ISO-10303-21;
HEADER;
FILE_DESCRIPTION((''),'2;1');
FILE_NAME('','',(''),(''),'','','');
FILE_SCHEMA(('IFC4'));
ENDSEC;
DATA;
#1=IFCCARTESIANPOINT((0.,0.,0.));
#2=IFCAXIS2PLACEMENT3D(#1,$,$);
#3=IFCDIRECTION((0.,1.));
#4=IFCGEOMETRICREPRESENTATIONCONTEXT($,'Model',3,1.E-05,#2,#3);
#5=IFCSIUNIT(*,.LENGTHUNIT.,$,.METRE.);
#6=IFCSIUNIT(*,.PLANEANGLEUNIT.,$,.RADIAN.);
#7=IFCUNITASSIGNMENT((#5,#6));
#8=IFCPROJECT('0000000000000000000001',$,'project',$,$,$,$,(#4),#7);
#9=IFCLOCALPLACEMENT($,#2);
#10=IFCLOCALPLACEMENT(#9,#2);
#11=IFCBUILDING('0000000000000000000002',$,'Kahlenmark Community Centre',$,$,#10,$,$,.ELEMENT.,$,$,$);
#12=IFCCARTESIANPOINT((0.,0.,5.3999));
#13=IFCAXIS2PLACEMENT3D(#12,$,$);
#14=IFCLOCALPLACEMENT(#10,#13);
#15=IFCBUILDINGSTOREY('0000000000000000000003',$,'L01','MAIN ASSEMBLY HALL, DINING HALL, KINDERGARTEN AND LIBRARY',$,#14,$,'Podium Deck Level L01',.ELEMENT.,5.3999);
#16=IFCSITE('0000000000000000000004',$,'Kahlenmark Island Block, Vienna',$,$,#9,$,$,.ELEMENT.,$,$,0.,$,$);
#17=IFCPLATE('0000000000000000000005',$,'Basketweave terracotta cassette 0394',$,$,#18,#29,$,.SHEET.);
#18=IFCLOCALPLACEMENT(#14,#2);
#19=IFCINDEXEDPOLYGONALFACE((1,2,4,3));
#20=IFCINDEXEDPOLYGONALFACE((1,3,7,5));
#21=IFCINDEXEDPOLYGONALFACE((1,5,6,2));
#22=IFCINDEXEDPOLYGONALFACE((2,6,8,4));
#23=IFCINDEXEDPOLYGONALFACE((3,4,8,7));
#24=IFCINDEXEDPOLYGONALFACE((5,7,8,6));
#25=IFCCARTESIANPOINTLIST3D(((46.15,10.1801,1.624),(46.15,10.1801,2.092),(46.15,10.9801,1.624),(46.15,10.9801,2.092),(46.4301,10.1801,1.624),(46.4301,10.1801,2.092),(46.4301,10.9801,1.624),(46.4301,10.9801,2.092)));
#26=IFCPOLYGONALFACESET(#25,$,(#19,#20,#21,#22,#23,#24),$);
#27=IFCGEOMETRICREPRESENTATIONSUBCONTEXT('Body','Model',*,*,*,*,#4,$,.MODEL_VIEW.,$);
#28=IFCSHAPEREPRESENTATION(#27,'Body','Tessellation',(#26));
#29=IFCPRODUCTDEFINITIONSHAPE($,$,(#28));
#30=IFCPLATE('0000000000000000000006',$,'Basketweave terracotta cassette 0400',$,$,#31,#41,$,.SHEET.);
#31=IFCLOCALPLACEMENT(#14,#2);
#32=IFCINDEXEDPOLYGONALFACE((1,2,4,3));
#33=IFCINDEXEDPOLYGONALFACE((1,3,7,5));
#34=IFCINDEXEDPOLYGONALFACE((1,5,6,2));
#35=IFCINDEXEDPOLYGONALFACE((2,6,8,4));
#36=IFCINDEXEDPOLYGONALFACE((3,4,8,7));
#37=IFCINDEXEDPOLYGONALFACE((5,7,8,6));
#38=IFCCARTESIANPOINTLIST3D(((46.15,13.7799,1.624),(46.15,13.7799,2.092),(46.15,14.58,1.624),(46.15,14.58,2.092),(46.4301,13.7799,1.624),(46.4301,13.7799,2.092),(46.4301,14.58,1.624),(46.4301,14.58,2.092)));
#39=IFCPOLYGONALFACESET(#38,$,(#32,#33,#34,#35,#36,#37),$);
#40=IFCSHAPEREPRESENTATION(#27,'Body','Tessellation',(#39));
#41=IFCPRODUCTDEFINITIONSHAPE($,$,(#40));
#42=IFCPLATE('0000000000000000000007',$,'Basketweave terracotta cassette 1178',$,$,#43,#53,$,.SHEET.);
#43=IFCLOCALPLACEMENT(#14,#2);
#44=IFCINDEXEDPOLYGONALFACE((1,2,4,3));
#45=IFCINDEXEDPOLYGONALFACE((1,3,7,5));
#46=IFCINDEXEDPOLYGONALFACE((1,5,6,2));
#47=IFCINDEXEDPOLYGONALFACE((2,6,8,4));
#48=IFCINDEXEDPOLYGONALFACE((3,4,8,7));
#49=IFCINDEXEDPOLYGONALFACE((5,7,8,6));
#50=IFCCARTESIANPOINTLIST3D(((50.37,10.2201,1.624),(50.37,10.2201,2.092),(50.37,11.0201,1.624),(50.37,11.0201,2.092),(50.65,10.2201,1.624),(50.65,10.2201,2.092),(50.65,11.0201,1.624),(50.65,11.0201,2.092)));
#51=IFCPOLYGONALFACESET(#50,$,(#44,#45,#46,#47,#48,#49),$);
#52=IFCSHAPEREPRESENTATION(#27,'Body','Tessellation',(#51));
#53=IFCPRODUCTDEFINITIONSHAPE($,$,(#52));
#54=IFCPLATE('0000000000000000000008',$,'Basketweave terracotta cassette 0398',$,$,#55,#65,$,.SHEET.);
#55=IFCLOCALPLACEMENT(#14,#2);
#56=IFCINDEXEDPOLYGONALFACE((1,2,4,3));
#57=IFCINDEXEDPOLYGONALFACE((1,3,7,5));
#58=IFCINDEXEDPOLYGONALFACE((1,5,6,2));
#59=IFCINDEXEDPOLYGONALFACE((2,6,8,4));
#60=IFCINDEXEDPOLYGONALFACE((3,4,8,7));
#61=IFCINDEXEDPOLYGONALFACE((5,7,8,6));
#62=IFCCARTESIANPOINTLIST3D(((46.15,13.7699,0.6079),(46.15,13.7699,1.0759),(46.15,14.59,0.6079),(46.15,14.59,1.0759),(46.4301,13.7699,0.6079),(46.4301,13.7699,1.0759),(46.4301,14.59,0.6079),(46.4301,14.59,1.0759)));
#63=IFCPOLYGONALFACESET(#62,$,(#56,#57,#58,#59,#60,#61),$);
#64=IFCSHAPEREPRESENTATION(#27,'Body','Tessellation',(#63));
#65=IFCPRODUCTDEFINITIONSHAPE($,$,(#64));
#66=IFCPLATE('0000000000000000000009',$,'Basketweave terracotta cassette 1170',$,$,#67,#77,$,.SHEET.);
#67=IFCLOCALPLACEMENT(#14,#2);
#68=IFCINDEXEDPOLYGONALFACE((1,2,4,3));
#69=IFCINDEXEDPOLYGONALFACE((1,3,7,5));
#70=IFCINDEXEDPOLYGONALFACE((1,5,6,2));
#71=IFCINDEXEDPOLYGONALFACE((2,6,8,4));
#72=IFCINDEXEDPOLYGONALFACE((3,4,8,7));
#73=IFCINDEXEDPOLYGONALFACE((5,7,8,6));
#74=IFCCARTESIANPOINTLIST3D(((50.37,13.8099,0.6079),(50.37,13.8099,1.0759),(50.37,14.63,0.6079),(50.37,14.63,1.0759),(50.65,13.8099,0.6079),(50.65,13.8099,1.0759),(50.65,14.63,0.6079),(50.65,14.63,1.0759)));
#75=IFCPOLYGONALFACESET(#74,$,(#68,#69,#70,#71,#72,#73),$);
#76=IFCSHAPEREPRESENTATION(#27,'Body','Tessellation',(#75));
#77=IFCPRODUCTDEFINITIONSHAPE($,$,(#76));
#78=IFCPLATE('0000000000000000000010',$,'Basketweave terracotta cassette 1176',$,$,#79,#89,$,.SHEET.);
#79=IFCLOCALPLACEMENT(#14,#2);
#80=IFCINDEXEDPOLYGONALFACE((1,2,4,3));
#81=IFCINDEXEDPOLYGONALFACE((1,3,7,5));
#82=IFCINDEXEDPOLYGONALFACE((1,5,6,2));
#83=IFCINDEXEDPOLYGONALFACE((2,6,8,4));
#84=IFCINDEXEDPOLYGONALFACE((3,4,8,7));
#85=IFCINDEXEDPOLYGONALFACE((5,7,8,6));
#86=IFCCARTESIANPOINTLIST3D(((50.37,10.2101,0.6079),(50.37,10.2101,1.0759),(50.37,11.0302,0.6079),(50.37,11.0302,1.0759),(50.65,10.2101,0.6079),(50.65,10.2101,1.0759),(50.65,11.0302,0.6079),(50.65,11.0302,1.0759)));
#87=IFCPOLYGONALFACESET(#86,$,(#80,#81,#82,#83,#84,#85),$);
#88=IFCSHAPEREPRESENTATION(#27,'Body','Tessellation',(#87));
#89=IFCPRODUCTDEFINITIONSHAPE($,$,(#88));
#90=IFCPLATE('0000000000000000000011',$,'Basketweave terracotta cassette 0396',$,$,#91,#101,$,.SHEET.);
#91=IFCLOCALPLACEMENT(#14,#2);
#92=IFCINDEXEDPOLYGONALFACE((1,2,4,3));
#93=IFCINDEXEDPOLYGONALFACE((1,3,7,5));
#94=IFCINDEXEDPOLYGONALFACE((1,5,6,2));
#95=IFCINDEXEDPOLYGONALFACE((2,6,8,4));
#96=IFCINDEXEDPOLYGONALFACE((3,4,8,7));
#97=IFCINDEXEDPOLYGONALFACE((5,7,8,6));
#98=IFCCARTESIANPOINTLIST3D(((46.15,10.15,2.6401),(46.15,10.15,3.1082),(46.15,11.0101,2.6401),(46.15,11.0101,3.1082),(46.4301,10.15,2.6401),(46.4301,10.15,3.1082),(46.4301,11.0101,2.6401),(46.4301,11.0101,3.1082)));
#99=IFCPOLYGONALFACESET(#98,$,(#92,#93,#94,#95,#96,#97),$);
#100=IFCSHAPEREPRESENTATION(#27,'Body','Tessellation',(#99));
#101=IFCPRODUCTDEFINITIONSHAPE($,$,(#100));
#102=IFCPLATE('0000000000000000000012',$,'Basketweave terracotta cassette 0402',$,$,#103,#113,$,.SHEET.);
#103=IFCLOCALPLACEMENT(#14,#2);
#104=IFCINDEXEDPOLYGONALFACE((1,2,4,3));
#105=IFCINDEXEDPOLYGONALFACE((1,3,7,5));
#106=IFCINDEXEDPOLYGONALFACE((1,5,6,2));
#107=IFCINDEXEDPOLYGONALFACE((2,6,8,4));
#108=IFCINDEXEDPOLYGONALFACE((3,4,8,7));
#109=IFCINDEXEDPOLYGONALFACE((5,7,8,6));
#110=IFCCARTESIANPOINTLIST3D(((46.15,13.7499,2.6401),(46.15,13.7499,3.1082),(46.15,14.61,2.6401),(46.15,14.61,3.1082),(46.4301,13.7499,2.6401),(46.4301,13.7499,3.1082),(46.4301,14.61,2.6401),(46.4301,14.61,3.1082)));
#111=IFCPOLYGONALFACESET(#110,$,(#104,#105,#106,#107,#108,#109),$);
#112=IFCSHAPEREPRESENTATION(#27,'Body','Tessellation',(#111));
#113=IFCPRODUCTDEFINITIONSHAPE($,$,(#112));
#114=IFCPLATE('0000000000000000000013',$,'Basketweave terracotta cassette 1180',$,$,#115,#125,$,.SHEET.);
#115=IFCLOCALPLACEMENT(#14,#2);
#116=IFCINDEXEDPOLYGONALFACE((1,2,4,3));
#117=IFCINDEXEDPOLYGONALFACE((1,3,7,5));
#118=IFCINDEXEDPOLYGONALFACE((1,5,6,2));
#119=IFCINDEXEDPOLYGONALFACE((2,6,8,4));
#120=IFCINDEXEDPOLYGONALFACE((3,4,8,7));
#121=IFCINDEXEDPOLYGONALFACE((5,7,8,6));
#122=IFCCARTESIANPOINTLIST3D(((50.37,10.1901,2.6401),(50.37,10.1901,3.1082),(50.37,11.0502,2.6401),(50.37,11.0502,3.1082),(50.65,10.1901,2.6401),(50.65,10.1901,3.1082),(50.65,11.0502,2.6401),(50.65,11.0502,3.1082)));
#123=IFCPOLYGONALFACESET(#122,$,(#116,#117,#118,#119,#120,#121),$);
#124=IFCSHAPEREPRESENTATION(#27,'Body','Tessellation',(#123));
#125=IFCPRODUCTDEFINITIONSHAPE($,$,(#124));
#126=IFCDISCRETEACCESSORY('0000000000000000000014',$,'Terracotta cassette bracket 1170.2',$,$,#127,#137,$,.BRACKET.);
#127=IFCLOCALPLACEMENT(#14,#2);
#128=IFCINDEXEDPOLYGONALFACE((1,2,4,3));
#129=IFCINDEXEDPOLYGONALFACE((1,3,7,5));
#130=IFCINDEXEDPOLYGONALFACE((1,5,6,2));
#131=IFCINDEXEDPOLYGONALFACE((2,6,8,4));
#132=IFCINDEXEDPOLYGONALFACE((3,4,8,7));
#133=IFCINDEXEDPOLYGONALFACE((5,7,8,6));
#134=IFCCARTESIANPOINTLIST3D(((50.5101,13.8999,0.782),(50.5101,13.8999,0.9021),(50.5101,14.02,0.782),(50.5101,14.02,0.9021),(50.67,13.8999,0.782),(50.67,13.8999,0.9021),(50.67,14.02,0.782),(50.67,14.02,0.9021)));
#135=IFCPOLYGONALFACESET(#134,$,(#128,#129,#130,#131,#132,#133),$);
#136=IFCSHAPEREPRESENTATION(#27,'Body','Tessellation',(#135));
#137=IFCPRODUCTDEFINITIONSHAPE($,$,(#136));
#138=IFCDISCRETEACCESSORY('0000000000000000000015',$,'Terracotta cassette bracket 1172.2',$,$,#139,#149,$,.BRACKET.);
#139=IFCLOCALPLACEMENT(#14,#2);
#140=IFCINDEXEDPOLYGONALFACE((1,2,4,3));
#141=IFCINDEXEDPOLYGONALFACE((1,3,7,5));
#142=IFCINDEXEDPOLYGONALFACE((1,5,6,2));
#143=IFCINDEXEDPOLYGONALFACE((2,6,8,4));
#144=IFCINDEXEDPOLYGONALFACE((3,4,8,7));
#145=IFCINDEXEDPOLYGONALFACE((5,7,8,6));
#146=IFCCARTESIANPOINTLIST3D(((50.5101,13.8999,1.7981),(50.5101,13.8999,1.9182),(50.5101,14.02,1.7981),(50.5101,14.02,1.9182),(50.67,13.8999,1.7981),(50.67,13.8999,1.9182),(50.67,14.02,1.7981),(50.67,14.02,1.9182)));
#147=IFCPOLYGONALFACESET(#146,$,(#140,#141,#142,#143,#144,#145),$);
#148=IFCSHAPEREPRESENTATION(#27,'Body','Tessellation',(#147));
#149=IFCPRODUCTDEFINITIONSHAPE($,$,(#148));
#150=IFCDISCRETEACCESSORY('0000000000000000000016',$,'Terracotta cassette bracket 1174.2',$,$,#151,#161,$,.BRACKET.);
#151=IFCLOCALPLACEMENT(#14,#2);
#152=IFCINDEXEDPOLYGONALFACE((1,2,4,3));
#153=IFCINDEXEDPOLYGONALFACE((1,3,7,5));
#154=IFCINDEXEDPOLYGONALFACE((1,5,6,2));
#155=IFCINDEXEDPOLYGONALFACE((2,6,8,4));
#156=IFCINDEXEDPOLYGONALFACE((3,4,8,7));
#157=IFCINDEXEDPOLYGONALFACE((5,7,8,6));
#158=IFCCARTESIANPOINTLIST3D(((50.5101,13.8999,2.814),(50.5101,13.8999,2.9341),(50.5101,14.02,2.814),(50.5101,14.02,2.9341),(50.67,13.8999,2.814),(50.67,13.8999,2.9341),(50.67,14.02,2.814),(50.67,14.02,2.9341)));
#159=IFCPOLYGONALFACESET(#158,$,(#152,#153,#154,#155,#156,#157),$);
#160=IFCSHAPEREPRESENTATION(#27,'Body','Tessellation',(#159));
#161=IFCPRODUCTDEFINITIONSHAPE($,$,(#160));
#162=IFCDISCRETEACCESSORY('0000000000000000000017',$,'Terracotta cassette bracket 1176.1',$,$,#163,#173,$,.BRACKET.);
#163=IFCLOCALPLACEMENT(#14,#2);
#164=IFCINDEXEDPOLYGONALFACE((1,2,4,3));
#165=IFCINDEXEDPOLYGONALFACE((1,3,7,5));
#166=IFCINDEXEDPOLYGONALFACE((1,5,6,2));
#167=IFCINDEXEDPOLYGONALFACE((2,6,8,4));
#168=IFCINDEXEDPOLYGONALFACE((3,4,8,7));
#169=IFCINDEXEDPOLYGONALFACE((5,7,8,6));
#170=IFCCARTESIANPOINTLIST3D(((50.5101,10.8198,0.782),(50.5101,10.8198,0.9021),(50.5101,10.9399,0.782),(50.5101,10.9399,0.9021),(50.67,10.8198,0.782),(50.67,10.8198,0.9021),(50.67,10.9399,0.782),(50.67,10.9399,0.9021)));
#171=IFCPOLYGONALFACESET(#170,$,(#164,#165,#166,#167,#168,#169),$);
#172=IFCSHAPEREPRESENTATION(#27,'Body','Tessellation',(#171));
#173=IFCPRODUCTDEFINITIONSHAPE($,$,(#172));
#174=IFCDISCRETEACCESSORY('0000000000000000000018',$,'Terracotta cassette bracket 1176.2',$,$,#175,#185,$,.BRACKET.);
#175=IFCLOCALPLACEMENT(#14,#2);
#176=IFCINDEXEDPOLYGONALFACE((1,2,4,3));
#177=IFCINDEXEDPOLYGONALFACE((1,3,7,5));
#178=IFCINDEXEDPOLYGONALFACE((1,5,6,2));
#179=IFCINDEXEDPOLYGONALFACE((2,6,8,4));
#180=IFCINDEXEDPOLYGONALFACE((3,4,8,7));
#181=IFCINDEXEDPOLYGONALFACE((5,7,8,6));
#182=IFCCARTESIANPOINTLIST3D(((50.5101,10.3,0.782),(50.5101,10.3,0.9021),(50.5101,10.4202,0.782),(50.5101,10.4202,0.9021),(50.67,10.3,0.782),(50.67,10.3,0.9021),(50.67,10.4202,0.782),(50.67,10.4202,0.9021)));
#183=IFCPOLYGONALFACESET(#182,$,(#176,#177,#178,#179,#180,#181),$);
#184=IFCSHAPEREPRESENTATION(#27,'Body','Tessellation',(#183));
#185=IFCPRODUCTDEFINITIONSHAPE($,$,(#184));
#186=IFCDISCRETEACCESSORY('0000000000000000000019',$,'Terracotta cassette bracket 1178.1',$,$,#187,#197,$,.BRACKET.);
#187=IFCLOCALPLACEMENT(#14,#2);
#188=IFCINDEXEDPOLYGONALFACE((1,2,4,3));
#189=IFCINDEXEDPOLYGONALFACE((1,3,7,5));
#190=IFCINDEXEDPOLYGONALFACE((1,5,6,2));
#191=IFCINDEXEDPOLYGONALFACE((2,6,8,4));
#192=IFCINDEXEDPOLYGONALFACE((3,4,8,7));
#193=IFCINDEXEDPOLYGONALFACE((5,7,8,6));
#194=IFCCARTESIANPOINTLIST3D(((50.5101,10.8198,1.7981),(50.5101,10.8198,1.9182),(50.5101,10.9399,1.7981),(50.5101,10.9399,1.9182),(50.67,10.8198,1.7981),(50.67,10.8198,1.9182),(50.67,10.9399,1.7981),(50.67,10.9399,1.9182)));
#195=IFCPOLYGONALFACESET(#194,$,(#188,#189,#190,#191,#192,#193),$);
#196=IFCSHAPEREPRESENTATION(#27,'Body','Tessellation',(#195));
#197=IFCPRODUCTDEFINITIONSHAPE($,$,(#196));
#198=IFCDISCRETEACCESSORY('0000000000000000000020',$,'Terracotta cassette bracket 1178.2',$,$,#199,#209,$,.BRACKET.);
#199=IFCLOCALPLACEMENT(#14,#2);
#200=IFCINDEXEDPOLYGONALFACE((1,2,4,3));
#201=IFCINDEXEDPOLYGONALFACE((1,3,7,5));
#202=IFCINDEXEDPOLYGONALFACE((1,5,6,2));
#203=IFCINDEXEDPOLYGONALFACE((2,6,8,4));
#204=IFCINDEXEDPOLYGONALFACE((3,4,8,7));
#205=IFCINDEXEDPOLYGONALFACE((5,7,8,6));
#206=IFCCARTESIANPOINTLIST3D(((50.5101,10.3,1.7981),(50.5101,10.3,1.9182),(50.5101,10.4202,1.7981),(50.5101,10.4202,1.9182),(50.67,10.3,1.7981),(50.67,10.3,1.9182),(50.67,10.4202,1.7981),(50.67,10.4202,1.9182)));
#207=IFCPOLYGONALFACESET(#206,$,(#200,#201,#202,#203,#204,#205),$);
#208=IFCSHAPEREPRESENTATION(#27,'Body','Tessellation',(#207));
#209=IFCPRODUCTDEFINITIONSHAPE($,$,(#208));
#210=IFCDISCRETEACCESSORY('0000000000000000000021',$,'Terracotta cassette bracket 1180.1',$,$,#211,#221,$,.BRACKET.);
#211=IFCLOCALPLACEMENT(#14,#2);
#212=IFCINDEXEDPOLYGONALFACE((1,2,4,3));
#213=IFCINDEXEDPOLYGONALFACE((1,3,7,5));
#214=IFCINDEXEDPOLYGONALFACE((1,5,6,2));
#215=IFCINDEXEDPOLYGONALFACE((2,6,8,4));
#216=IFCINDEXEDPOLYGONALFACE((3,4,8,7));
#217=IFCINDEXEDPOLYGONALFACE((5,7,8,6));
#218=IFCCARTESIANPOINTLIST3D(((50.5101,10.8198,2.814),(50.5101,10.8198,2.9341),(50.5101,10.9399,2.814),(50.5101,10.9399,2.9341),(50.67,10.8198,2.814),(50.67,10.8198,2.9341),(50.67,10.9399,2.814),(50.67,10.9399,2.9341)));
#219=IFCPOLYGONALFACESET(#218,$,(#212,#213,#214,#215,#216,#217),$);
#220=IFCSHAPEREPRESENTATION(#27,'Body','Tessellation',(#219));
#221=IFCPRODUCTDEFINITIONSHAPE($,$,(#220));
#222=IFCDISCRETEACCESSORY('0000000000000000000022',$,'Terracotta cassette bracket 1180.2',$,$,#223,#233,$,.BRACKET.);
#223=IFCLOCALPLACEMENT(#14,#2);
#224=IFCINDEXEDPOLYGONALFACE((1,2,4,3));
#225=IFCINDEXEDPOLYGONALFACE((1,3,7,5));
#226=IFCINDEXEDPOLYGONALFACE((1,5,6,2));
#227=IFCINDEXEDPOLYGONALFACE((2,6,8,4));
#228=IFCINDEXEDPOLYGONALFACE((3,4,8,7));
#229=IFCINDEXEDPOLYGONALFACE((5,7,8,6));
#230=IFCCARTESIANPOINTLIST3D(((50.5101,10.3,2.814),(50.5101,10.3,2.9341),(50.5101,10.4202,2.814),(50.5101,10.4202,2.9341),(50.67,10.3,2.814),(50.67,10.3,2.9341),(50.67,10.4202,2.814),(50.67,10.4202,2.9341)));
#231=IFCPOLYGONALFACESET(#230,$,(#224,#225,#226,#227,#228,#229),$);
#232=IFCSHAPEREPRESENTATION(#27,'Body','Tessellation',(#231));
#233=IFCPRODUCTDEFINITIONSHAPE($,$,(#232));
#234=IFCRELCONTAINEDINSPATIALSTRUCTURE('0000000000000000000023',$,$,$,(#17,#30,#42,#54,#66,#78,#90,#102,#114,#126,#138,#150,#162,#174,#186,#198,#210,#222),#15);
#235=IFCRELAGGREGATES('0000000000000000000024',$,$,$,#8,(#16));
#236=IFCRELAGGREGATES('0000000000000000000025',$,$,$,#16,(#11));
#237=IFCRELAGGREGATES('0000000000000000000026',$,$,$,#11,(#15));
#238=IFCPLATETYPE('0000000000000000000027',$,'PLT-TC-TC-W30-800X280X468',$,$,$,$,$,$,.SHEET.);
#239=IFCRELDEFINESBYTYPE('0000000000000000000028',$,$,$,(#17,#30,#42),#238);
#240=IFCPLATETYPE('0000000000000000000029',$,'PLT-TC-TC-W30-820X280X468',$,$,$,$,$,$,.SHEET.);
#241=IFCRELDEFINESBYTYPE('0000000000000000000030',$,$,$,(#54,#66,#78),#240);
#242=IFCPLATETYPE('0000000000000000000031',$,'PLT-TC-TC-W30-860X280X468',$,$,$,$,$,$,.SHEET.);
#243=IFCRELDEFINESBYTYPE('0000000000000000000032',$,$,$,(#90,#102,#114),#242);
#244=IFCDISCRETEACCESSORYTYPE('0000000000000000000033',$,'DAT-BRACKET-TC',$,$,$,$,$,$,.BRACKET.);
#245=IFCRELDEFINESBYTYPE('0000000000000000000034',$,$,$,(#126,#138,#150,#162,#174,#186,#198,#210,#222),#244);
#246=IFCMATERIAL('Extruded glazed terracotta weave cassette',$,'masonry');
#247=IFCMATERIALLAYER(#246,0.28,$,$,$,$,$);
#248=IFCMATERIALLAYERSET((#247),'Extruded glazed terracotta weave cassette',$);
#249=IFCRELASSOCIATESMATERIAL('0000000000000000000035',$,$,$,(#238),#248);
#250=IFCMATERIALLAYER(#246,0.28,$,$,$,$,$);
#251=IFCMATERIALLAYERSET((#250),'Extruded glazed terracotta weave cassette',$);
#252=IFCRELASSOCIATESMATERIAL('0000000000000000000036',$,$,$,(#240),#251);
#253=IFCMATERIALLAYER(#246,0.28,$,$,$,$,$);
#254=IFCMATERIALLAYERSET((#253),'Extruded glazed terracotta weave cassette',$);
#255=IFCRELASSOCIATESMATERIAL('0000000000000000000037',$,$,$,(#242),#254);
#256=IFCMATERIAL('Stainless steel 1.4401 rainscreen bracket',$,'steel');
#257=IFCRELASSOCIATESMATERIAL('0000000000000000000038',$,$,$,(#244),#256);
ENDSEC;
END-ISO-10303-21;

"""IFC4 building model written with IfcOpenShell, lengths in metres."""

from ifc_helpers import new_model, si_unit, direction, frame, origin, origin_2d, place, context, subcontext, project, spatial, rectangle, extrude, material, layer, layer_set, type_object, element, save


model = new_model("IFC4")

# Units and contexts
model_context = context("Model", 3, precision=1e-05, world=origin(), true_north=direction((0.0, 1.0)))
body_context = subcontext(model_context, "Body", "Model", "MODEL_VIEW")
ifc_project = project(units=[si_unit("LENGTHUNIT", "METRE"), si_unit("PLANEANGLEUNIT", "RADIAN")], contexts=[model_context])

# Site, building, storey
site_placement = place(None, origin())
site = spatial("IfcSite", under=ifc_project, at=site_placement, Name="Kahlenmark Island Block, Vienna", CompositionType="ELEMENT", RefElevation=0.0)
building_placement = place(site_placement, origin())
building = spatial("IfcBuilding", under=site, at=building_placement, Name="Kahlenmark Community Centre", CompositionType="ELEMENT")
storey_placement = place(building_placement, frame((0.0, 0.0, 5.3999)))
storey = spatial("IfcBuildingStorey", under=building, at=storey_placement, Name="L01", Description="MAIN ASSEMBLY HALL, DINING HALL, KINDERGARTEN AND LIBRARY", LongName="Podium Deck Level L01", CompositionType="ELEMENT", Elevation=5.3999)

# Plates
ifc_material_1 = material(Name="Extruded glazed terracotta weave cassette", Category="masonry")
ifc_layer_1 = layer(ifc_material_1, 0.28)
ifc_layer_set_1 = layer_set([ifc_layer_1], Name="Extruded glazed terracotta weave cassette")
plate_type_1 = type_object("IfcPlateType", Name="PLT-TC-TC-W30-800X280X468", PredefinedType="SHEET", material=ifc_layer_set_1)
for number, where, z_axis, x_axis, name in (
    (1, (46.29, 10.5801, 1.624), (0.0, 0.0, 1.0), (0.0, 1.0, 0.0), "Basketweave terracotta cassette 0394"),
    (2, (46.29, 14.1799, 1.624), (0.0, 0.0, 1.0), (0.0, 1.0, 0.0), "Basketweave terracotta cassette 0400"),
    (3, (50.51, 10.6201, 1.624), (0.0, 0.0, 1.0), (0.0, -1.0, 0.0), "Basketweave terracotta cassette 1178"),
):
    element("IfcPlate", number, at=place(storey_placement, frame(where, z_axis=z_axis, x_axis=x_axis)), inside=storey, type_object=plate_type_1, Name=name, PredefinedType="SHEET", context=body_context, shape_type="SweptSolid", body=[
        extrude(rectangle(XDim=0.8, YDim=0.28, at=origin_2d()), origin(), (0.0, 0.0, 1.0), 0.468),
    ])
ifc_layer_2 = layer(ifc_material_1, 0.28)
ifc_layer_set_2 = layer_set([ifc_layer_2], Name="Extruded glazed terracotta weave cassette")
plate_type_2 = type_object("IfcPlateType", Name="PLT-TC-TC-W30-820X280X468", PredefinedType="SHEET", material=ifc_layer_set_2)
for number, where, z_axis, x_axis, name in (
    (4, (46.29, 14.1799, 0.6079), (0.0, 0.0, 1.0), (0.0, 1.0, 0.0), "Basketweave terracotta cassette 0398"),
    (5, (50.51, 14.22, 0.6079), (0.0, 0.0, 1.0), (0.0, -1.0, 0.0), "Basketweave terracotta cassette 1170"),
    (6, (50.51, 10.6201, 0.6079), (0.0, 0.0, 1.0), (0.0, -1.0, 0.0), "Basketweave terracotta cassette 1176"),
):
    element("IfcPlate", number, at=place(storey_placement, frame(where, z_axis=z_axis, x_axis=x_axis)), inside=storey, type_object=plate_type_2, Name=name, PredefinedType="SHEET", context=body_context, shape_type="SweptSolid", body=[
        extrude(rectangle(XDim=0.8201, YDim=0.28, at=origin_2d()), origin(), (0.0, 0.0, 1.0), 0.468),
    ])
ifc_layer_3 = layer(ifc_material_1, 0.28)
ifc_layer_set_3 = layer_set([ifc_layer_3], Name="Extruded glazed terracotta weave cassette")
plate_type_3 = type_object("IfcPlateType", Name="PLT-TC-TC-W30-860X280X468", PredefinedType="SHEET", material=ifc_layer_set_3)
for number, where, z_axis, x_axis, name in (
    (7, (46.29, 10.5801, 2.6401), (0.0, 0.0, 1.0), (0.0, 1.0, 0.0), "Basketweave terracotta cassette 0396"),
    (8, (46.29, 14.1799, 2.6401), (0.0, 0.0, 1.0), (0.0, 1.0, 0.0), "Basketweave terracotta cassette 0402"),
    (9, (50.51, 10.6201, 2.6401), (0.0, 0.0, 1.0), (0.0, -1.0, 0.0), "Basketweave terracotta cassette 1180"),
):
    element("IfcPlate", number, at=place(storey_placement, frame(where, z_axis=z_axis, x_axis=x_axis)), inside=storey, type_object=plate_type_3, Name=name, PredefinedType="SHEET", context=body_context, shape_type="SweptSolid", body=[
        extrude(rectangle(XDim=0.8601, YDim=0.28, at=origin_2d()), origin(), (0.0, 0.0, 1.0), 0.468),
    ])

# Discrete accessories
ifc_material_2 = material(Name="Stainless steel 1.4401 rainscreen bracket", Category="steel")
discrete_accessory_type = type_object("IfcDiscreteAccessoryType", Name="DAT-BRACKET-TC", PredefinedType="BRACKET", material=ifc_material_2)
for number, where, z_axis, x_axis, name in (
    (10, (50.5901, 13.96, 0.782), (0.0, 0.0, 1.0), (0.0, -1.0, 0.0), "Terracotta cassette bracket 1170.2"),
    (11, (50.5901, 13.96, 1.7981), (0.0, 0.0, 1.0), (0.0, -1.0, 0.0), "Terracotta cassette bracket 1172.2"),
    (12, (50.5901, 13.96, 2.814), (0.0, 0.0, 1.0), (0.0, -1.0, 0.0), "Terracotta cassette bracket 1174.2"),
    (13, (50.5901, 10.8799, 0.782), (0.0, 0.0, 1.0), (0.0, -1.0, 0.0), "Terracotta cassette bracket 1176.1"),
    (14, (50.5901, 10.3601, 0.782), (0.0, 0.0, 1.0), (0.0, -1.0, 0.0), "Terracotta cassette bracket 1176.2"),
    (15, (50.5901, 10.8799, 1.7981), (0.0, 0.0, 1.0), (0.0, -1.0, 0.0), "Terracotta cassette bracket 1178.1"),
    (16, (50.5901, 10.3601, 1.7981), (0.0, 0.0, 1.0), (0.0, -1.0, 0.0), "Terracotta cassette bracket 1178.2"),
    (17, (50.5901, 10.8799, 2.814), (0.0, 0.0, 1.0), (0.0, -1.0, 0.0), "Terracotta cassette bracket 1180.1"),
    (18, (50.5901, 10.3601, 2.814), (0.0, 0.0, 1.0), (0.0, -1.0, 0.0), "Terracotta cassette bracket 1180.2"),
):
    element("IfcDiscreteAccessory", number, at=place(storey_placement, frame(where, z_axis=z_axis, x_axis=x_axis)), inside=storey, type_object=discrete_accessory_type, Name=name, PredefinedType="BRACKET", context=body_context, shape_type="SweptSolid", body=[
        extrude(rectangle(XDim=0.1201, YDim=0.1599, at=origin_2d()), origin(), (0.0, 0.0, 1.0), 0.1201),
    ])

save(model, "model.ifc")
